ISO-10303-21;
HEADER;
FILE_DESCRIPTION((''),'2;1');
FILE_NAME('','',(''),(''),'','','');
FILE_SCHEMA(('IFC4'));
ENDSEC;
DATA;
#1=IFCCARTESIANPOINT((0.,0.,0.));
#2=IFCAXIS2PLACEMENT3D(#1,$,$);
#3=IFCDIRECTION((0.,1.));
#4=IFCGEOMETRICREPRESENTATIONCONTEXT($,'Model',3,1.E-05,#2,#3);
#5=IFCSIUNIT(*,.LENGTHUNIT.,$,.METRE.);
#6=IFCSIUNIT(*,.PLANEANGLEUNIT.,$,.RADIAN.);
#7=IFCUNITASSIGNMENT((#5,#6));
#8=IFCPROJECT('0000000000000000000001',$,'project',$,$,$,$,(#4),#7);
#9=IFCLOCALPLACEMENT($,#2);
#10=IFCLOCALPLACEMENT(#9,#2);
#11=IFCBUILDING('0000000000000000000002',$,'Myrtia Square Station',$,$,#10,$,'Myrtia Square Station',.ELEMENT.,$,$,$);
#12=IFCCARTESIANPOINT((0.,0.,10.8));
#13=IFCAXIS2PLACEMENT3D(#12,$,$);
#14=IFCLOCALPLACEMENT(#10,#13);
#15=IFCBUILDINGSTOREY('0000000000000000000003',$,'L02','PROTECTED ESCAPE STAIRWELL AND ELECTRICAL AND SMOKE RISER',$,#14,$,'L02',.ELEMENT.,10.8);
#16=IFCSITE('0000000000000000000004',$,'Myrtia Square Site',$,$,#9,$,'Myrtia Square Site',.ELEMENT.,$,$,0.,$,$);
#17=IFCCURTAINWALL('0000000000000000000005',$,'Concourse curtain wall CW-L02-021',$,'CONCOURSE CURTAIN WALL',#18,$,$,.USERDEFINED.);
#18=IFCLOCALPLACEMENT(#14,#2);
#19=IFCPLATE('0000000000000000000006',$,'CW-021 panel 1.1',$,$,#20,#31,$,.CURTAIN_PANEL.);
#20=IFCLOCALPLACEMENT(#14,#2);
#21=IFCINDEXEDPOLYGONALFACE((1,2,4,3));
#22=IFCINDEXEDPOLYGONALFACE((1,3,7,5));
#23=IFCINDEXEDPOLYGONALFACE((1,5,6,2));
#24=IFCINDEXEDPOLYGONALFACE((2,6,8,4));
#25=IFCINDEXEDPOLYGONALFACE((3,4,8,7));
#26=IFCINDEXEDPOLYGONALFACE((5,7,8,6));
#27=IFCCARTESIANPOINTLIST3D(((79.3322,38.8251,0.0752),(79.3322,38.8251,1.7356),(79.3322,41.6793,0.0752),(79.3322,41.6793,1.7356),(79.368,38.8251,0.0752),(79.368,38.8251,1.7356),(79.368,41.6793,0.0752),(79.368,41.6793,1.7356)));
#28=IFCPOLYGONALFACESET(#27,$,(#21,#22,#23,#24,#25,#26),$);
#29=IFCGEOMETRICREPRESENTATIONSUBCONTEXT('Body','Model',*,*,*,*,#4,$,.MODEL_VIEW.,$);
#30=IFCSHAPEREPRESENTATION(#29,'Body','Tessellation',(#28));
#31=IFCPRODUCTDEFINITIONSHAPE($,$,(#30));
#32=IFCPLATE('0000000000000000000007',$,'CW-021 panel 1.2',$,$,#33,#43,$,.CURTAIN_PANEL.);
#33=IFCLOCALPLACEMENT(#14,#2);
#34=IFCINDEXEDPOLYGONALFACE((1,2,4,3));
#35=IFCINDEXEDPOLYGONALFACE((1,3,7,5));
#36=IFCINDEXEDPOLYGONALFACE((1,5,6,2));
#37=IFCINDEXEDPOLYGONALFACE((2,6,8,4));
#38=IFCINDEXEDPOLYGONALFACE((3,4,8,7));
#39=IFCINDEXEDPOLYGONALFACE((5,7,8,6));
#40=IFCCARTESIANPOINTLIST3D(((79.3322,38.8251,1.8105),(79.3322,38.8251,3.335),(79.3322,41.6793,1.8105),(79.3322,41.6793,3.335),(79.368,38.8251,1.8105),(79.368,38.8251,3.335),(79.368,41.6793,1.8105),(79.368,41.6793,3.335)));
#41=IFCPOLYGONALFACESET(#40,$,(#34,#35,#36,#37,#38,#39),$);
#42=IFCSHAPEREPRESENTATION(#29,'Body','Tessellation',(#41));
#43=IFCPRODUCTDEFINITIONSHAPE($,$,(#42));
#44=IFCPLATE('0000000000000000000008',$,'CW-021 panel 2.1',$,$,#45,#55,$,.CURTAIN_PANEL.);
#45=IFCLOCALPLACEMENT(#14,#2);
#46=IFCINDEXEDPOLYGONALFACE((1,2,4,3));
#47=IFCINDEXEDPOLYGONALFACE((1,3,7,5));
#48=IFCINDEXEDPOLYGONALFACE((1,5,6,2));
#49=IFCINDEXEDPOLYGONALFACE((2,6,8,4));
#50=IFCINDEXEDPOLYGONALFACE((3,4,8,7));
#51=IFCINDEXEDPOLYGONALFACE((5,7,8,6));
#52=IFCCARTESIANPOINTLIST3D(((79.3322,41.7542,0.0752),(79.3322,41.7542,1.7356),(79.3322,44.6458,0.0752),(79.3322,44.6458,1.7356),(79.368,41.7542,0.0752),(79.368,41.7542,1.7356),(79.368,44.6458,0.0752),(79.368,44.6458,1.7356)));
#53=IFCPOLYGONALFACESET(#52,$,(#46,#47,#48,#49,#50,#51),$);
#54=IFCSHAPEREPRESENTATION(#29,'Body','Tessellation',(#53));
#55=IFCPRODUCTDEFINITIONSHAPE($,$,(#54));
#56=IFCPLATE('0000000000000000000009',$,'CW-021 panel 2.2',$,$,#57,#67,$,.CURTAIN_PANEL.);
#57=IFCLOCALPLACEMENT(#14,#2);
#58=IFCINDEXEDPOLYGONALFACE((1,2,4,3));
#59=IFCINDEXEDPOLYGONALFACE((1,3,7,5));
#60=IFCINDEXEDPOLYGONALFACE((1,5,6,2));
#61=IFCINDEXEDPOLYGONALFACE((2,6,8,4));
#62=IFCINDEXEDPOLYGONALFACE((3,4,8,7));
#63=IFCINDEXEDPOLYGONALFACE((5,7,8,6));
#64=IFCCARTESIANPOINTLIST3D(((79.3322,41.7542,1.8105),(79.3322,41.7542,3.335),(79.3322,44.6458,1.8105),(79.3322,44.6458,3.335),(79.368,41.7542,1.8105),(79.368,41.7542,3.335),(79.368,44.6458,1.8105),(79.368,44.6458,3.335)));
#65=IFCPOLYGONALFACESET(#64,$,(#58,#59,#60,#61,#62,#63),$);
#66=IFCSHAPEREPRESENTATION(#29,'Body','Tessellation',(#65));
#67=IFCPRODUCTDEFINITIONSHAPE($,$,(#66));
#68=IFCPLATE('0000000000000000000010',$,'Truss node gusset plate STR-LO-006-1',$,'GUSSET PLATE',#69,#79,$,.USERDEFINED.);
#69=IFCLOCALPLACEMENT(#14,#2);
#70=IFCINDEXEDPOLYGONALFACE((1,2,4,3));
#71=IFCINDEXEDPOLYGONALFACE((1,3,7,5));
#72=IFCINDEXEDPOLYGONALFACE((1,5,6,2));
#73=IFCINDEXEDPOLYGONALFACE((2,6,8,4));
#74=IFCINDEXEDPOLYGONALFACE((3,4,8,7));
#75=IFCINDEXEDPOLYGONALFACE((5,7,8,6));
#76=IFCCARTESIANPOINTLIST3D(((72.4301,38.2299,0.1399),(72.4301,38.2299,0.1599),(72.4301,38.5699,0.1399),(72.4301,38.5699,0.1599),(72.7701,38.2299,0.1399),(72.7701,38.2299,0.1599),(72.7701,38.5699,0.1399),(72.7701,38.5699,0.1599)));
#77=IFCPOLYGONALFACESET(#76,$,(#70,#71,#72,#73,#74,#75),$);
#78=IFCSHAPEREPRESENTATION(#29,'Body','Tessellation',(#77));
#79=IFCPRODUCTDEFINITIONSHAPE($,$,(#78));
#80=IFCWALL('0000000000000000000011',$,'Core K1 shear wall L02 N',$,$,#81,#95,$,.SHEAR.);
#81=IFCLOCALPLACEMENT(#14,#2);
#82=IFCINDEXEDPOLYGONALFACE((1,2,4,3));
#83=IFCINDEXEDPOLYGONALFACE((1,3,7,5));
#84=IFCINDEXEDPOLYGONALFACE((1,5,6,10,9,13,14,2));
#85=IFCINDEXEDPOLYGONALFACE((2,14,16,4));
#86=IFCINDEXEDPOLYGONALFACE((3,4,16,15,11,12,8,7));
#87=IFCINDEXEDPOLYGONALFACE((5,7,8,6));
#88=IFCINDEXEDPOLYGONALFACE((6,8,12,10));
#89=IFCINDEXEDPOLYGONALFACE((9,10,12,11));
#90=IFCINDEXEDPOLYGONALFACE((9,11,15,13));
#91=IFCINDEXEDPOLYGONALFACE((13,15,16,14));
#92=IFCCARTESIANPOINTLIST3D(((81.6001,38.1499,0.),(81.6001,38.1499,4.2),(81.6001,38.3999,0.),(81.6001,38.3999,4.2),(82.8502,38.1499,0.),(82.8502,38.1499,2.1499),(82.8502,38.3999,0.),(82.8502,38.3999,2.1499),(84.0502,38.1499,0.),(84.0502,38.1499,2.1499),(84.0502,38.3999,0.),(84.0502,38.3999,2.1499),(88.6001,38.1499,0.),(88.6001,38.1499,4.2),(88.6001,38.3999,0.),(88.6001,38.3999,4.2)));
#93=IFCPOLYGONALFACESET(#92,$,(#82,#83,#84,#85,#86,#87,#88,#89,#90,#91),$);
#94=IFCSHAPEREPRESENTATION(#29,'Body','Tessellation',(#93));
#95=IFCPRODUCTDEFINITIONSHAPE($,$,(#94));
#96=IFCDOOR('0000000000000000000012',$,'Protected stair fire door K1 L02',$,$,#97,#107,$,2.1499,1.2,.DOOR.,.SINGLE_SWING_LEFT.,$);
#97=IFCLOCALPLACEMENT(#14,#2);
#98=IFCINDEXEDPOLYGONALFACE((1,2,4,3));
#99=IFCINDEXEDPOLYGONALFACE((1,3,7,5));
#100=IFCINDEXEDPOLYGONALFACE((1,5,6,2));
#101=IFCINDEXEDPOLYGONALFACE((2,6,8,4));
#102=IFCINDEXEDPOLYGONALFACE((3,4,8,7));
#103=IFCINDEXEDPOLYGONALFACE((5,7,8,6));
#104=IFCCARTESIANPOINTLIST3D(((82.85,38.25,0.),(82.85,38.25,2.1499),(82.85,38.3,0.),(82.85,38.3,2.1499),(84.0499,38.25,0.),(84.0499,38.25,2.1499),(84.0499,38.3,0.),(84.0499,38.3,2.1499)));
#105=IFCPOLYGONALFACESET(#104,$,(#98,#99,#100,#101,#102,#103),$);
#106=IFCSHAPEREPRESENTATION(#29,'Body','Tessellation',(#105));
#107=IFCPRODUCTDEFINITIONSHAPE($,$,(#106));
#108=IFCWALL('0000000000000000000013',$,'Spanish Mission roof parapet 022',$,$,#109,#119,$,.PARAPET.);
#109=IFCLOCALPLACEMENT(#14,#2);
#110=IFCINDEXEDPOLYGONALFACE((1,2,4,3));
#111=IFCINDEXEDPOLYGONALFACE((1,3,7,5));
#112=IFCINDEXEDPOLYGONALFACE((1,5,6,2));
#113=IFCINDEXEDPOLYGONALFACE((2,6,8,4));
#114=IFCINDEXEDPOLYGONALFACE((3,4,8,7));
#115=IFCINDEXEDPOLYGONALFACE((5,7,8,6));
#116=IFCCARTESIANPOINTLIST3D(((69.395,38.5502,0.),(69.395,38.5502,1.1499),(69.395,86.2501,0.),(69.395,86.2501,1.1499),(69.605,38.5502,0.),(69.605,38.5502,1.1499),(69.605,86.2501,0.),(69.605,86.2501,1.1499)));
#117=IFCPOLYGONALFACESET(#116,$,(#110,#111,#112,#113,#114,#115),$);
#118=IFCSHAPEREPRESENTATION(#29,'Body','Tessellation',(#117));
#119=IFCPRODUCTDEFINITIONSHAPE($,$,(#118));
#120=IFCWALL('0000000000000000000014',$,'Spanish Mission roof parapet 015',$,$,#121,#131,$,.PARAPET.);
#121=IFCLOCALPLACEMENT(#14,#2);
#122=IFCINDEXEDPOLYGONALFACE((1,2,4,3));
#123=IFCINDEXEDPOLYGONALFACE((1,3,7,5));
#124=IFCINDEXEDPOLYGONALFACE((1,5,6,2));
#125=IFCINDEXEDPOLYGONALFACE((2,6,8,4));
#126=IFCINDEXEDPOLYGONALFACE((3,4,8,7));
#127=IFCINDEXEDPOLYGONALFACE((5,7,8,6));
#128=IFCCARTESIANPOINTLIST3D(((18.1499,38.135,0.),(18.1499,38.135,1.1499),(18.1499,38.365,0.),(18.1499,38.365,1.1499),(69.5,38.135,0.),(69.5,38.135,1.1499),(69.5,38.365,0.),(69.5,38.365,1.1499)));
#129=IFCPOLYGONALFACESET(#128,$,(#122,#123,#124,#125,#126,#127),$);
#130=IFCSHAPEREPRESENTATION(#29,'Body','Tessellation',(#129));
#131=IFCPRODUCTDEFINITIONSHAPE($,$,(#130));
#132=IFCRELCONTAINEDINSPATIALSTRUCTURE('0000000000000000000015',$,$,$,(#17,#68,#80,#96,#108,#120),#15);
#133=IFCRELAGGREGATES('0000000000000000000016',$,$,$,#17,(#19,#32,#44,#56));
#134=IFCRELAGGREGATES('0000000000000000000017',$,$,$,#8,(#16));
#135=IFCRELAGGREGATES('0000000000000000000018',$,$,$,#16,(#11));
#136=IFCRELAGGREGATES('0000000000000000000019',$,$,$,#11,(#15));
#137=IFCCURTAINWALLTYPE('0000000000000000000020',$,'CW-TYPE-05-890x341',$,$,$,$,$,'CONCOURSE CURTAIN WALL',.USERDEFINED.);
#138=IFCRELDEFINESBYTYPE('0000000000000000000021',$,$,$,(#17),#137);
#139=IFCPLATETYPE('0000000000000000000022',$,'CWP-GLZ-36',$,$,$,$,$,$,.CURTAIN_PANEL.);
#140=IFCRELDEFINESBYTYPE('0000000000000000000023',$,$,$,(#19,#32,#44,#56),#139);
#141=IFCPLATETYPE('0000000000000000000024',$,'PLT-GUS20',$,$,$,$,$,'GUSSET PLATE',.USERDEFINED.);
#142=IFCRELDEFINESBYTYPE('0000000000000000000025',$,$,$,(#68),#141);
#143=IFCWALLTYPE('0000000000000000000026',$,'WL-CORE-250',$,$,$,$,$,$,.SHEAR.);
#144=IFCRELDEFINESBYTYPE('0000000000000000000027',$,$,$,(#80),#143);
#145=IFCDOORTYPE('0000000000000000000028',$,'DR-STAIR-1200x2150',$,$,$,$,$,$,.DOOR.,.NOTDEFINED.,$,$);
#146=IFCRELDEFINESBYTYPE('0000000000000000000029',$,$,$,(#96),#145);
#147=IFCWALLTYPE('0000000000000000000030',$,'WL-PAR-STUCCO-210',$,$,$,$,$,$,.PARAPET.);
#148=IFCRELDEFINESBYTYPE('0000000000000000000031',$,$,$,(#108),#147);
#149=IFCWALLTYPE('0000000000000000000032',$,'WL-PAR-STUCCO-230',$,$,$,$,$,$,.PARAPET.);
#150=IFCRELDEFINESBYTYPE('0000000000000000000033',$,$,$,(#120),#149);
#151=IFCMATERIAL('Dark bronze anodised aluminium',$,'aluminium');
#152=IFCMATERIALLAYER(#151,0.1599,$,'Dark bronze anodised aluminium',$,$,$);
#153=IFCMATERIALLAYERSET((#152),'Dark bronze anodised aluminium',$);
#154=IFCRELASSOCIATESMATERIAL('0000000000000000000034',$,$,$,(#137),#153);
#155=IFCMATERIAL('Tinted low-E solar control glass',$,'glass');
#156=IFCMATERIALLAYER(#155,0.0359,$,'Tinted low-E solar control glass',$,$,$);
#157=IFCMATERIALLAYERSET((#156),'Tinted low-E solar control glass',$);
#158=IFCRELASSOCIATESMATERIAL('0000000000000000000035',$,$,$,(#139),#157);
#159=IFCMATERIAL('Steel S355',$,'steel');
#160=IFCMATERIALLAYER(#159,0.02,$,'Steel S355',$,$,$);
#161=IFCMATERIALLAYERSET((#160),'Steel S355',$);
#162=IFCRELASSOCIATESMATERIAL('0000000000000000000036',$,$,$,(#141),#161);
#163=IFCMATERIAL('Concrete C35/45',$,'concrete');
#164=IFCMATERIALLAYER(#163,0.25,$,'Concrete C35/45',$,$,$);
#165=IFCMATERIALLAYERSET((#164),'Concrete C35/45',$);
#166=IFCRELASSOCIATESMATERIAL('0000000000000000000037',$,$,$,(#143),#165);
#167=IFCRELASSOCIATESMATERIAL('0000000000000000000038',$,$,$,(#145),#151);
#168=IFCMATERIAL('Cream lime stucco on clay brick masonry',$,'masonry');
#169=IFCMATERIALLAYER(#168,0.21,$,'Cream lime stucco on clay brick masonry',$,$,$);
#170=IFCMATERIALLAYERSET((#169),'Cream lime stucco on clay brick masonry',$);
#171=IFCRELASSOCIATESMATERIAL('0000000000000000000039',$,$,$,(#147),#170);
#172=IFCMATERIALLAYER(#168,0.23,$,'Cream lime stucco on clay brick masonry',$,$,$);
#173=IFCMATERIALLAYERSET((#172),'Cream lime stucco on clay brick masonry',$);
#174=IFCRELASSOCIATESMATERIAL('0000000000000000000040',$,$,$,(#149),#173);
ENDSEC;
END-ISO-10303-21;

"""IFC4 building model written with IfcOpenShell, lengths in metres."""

from ifc_helpers import new_model, si_unit, direction, frame, frame_2d, origin, origin_2d, place, context, subcontext, project, spatial, rectangle, extrude, material, layer, layer_set, type_object, element, fill, aggregate, save


model = new_model("IFC4")

# Units and contexts
model_context = context("Model", 3, precision=1e-05, world=origin(), true_north=direction((0.0, 1.0)))
body_context = subcontext(model_context, "Body", "Model", "MODEL_VIEW")
ifc_project = project(units=[si_unit("LENGTHUNIT", "METRE"), si_unit("PLANEANGLEUNIT", "RADIAN")], contexts=[model_context])

# Site, building, storey
site_placement = place(None, origin())
site = spatial("IfcSite", under=ifc_project, at=site_placement, Name="Myrtia Square Site", LongName="Myrtia Square Site", CompositionType="ELEMENT", RefElevation=0.0)
building_placement = place(site_placement, origin())
building = spatial("IfcBuilding", under=site, at=building_placement, Name="Myrtia Square Station", LongName="Myrtia Square Station", CompositionType="ELEMENT")
storey_placement = place(building_placement, frame((0.0, 0.0, 10.8)))
storey = spatial("IfcBuildingStorey", under=building, at=storey_placement, Name="L02", Description="PROTECTED ESCAPE STAIRWELL AND ELECTRICAL AND SMOKE RISER", LongName="L02", CompositionType="ELEMENT", Elevation=10.8)

# Shared definitions
ifc_material_1 = material(Name="Steel S355", Category="steel")

# Shared definitions
ifc_material_2 = material(Name="Dark bronze anodised aluminium", Category="aluminium")
ifc_layer_1 = layer(ifc_material_2, 0.1599, Name="Dark bronze anodised aluminium")
ifc_layer_set_1 = layer_set([ifc_layer_1], Name="Dark bronze anodised aluminium")
curtain_wall_type = type_object("IfcCurtainWallType", Name="CW-TYPE-05-890x341", ElementType="CONCOURSE CURTAIN WALL", PredefinedType="USERDEFINED", material=ifc_layer_set_1)

# Curtain wall
curtain_wall_1_placement = place(storey_placement, origin())
curtain_wall_1 = element("IfcCurtainWall", 1, at=curtain_wall_1_placement, inside=storey, type_object=curtain_wall_type, Name="Concourse curtain wall CW-L02-021", ObjectType="CONCOURSE CURTAIN WALL", PredefinedType="USERDEFINED")

# Plates
ifc_material_3 = material(Name="Tinted low-E solar control glass", Category="glass")
ifc_layer_2 = layer(ifc_material_3, 0.0359, Name="Tinted low-E solar control glass")
ifc_layer_set_2 = layer_set([ifc_layer_2], Name="Tinted low-E solar control glass")
plate_type_1 = type_object("IfcPlateType", Name="CWP-GLZ-36", PredefinedType="CURTAIN_PANEL", material=ifc_layer_set_2)
plate_1_placement = place(storey_placement, frame((79.3501, 40.2522, 0.0752), z_axis=(0.0, 0.0, 1.0), x_axis=(0.0, 1.0, 0.0)))
plate_1 = element("IfcPlate", 2, at=plate_1_placement, type_object=plate_type_1, Name="CW-021 panel 1.1", PredefinedType="CURTAIN_PANEL", context=body_context, shape_type="SweptSolid", body=[
    extrude(rectangle(XDim=2.8542, YDim=0.0359, at=origin_2d()), origin(), (0.0, 0.0, 1.0), 1.6604),
])
plate_2_placement = place(storey_placement, frame((79.3501, 40.2522, 1.8105), z_axis=(0.0, 0.0, 1.0), x_axis=(0.0, 1.0, 0.0)))
plate_2 = element("IfcPlate", 3, at=plate_2_placement, type_object=plate_type_1, Name="CW-021 panel 1.2", PredefinedType="CURTAIN_PANEL", context=body_context, shape_type="SweptSolid", body=[
    extrude(rectangle(XDim=2.8542, YDim=0.0359, at=origin_2d()), origin(), (0.0, 0.0, 1.0), 1.5244),
])
plate_3_placement = place(storey_placement, frame((79.3501, 43.2, 0.0752), z_axis=(0.0, 0.0, 1.0), x_axis=(0.0, 1.0, 0.0)))
plate_3 = element("IfcPlate", 4, at=plate_3_placement, type_object=plate_type_1, Name="CW-021 panel 2.1", PredefinedType="CURTAIN_PANEL", context=body_context, shape_type="SweptSolid", body=[
    extrude(rectangle(XDim=2.8916, YDim=0.0359, at=origin_2d()), origin(), (0.0, 0.0, 1.0), 1.6604),
])
plate_4_placement = place(storey_placement, frame((79.3501, 43.2, 1.8105), z_axis=(0.0, 0.0, 1.0), x_axis=(0.0, 1.0, 0.0)))
plate_4 = element("IfcPlate", 5, at=plate_4_placement, type_object=plate_type_1, Name="CW-021 panel 2.2", PredefinedType="CURTAIN_PANEL", context=body_context, shape_type="SweptSolid", body=[
    extrude(rectangle(XDim=2.8916, YDim=0.0359, at=origin_2d()), origin(), (0.0, 0.0, 1.0), 1.5244),
])
aggregate(curtain_wall_1, [plate_1, plate_2, plate_3, plate_4])
ifc_layer_3 = layer(ifc_material_1, 0.02, Name="Steel S355")
ifc_layer_set_3 = layer_set([ifc_layer_3], Name="Steel S355")
plate_type_2 = type_object("IfcPlateType", Name="PLT-GUS20", ElementType="GUSSET PLATE", PredefinedType="USERDEFINED", material=ifc_layer_set_3)
plate_5_placement = place(storey_placement, frame((72.6001, 38.3999, 0.1399), z_axis=(0.0, 0.0, 1.0), x_axis=(-1.0, 0.0, 0.0)))
element("IfcPlate", 6, at=plate_5_placement, inside=storey, type_object=plate_type_2, Name="Truss node gusset plate STR-LO-006-1", ObjectType="GUSSET PLATE", PredefinedType="USERDEFINED", context=body_context, shape_type="SweptSolid", body=[
    extrude(rectangle(XDim=0.3401, YDim=0.3401, at=origin_2d()), origin(), (0.0, 0.0, 1.0), 0.02),
])

# Wall, opening, door
ifc_material_4 = material(Name="Concrete C35/45", Category="concrete")
ifc_layer_4 = layer(ifc_material_4, 0.25, Name="Concrete C35/45")
ifc_layer_set_4 = layer_set([ifc_layer_4], Name="Concrete C35/45")
wall_type_1 = type_object("IfcWallType", Name="WL-CORE-250", PredefinedType="SHEAR", material=ifc_layer_set_4)
wall_1_placement = place(storey_placement, frame((81.6001, 38.2749, 0.0), z_axis=(0.0, 0.0, 1.0), x_axis=(1.0, 0.0, 0.0)))
wall_1 = element("IfcWall", 7, at=wall_1_placement, inside=storey, type_object=wall_type_1, Name="Core K1 shear wall L02 N", PredefinedType="SHEAR", context=body_context, shape_type="SweptSolid", body=[
    extrude(rectangle(XDim=7.0, YDim=0.25, at=frame_2d((3.5, 0.0))), origin(), (0.0, 0.0, 1.0), 4.2),
])
opening_placement = place(wall_1_placement, frame((1.25, 0.0, 0.0)))
opening = element("IfcOpeningElement", 8, at=opening_placement, cuts=wall_1, PredefinedType="OPENING", context=body_context, shape_type="SweptSolid", body=[
    extrude(rectangle(XDim=1.2, YDim=2.1499, at=frame_2d((0.6001, 1.075))), frame((0.0, 0.1399, 0.0), z_axis=(0.0, -1.0, 0.0), x_axis=(1.0, 0.0, 0.0)), (0.0, 0.0, 1.0), 0.28),
])
door_type = type_object("IfcDoorType", Name="DR-STAIR-1200x2150", OperationType="NOTDEFINED", PredefinedType="DOOR", material=ifc_material_2)
door_placement = place(opening_placement, frame((1.2, 0.0, 0.0), z_axis=(0.0, 0.0, 1.0), x_axis=(-1.0, 0.0, 0.0)))
door = element("IfcDoor", 9, at=door_placement, inside=storey, type_object=door_type, Name="Protected stair fire door K1 L02", OperationType="SINGLE_SWING_LEFT", OverallHeight=2.1499, OverallWidth=1.2, PredefinedType="DOOR", context=body_context, shape_type="SweptSolid", body=[
    extrude(rectangle(XDim=1.2, YDim=2.1499, at=frame_2d((0.6001, 1.075))), frame((0.0, 0.0249, 0.0), z_axis=(0.0, -1.0, 0.0), x_axis=(1.0, 0.0, 0.0)), (0.0, 0.0, 1.0), 0.05),
])
fill(opening, door)

# Walls
ifc_material_5 = material(Name="Cream lime stucco on clay brick masonry", Category="masonry")
ifc_layer_5 = layer(ifc_material_5, 0.21, Name="Cream lime stucco on clay brick masonry")
ifc_layer_set_5 = layer_set([ifc_layer_5], Name="Cream lime stucco on clay brick masonry")
wall_type_2 = type_object("IfcWallType", Name="WL-PAR-STUCCO-210", PredefinedType="PARAPET", material=ifc_layer_set_5)
wall_2_placement = place(storey_placement, frame((69.5, 38.55, 0.0), z_axis=(0.0, 0.0, 1.0), x_axis=(0.0, 1.0, 0.0)))
element("IfcWall", 10, at=wall_2_placement, inside=storey, type_object=wall_type_2, Name="Spanish Mission roof parapet 022", PredefinedType="PARAPET", context=body_context, shape_type="SweptSolid", body=[
    extrude(rectangle(XDim=47.7, YDim=0.21, at=frame_2d((23.8501, 0.0))), origin(), (0.0, 0.0, 1.0), 1.1499),
])
ifc_layer_6 = layer(ifc_material_5, 0.23, Name="Cream lime stucco on clay brick masonry")
ifc_layer_set_6 = layer_set([ifc_layer_6], Name="Cream lime stucco on clay brick masonry")
wall_type_3 = type_object("IfcWallType", Name="WL-PAR-STUCCO-230", PredefinedType="PARAPET", material=ifc_layer_set_6)
wall_3_placement = place(storey_placement, frame((69.5, 38.25, 0.0), z_axis=(0.0, 0.0, 1.0), x_axis=(-1.0, 0.0, 0.0)))
element("IfcWall", 11, at=wall_3_placement, inside=storey, type_object=wall_type_3, Name="Spanish Mission roof parapet 015", PredefinedType="PARAPET", context=body_context, shape_type="SweptSolid", body=[
    extrude(rectangle(XDim=51.3501, YDim=0.23, at=frame_2d((25.675, 0.0))), origin(), (0.0, 0.0, 1.0), 1.1499),
])

save(model, "model.ifc")
